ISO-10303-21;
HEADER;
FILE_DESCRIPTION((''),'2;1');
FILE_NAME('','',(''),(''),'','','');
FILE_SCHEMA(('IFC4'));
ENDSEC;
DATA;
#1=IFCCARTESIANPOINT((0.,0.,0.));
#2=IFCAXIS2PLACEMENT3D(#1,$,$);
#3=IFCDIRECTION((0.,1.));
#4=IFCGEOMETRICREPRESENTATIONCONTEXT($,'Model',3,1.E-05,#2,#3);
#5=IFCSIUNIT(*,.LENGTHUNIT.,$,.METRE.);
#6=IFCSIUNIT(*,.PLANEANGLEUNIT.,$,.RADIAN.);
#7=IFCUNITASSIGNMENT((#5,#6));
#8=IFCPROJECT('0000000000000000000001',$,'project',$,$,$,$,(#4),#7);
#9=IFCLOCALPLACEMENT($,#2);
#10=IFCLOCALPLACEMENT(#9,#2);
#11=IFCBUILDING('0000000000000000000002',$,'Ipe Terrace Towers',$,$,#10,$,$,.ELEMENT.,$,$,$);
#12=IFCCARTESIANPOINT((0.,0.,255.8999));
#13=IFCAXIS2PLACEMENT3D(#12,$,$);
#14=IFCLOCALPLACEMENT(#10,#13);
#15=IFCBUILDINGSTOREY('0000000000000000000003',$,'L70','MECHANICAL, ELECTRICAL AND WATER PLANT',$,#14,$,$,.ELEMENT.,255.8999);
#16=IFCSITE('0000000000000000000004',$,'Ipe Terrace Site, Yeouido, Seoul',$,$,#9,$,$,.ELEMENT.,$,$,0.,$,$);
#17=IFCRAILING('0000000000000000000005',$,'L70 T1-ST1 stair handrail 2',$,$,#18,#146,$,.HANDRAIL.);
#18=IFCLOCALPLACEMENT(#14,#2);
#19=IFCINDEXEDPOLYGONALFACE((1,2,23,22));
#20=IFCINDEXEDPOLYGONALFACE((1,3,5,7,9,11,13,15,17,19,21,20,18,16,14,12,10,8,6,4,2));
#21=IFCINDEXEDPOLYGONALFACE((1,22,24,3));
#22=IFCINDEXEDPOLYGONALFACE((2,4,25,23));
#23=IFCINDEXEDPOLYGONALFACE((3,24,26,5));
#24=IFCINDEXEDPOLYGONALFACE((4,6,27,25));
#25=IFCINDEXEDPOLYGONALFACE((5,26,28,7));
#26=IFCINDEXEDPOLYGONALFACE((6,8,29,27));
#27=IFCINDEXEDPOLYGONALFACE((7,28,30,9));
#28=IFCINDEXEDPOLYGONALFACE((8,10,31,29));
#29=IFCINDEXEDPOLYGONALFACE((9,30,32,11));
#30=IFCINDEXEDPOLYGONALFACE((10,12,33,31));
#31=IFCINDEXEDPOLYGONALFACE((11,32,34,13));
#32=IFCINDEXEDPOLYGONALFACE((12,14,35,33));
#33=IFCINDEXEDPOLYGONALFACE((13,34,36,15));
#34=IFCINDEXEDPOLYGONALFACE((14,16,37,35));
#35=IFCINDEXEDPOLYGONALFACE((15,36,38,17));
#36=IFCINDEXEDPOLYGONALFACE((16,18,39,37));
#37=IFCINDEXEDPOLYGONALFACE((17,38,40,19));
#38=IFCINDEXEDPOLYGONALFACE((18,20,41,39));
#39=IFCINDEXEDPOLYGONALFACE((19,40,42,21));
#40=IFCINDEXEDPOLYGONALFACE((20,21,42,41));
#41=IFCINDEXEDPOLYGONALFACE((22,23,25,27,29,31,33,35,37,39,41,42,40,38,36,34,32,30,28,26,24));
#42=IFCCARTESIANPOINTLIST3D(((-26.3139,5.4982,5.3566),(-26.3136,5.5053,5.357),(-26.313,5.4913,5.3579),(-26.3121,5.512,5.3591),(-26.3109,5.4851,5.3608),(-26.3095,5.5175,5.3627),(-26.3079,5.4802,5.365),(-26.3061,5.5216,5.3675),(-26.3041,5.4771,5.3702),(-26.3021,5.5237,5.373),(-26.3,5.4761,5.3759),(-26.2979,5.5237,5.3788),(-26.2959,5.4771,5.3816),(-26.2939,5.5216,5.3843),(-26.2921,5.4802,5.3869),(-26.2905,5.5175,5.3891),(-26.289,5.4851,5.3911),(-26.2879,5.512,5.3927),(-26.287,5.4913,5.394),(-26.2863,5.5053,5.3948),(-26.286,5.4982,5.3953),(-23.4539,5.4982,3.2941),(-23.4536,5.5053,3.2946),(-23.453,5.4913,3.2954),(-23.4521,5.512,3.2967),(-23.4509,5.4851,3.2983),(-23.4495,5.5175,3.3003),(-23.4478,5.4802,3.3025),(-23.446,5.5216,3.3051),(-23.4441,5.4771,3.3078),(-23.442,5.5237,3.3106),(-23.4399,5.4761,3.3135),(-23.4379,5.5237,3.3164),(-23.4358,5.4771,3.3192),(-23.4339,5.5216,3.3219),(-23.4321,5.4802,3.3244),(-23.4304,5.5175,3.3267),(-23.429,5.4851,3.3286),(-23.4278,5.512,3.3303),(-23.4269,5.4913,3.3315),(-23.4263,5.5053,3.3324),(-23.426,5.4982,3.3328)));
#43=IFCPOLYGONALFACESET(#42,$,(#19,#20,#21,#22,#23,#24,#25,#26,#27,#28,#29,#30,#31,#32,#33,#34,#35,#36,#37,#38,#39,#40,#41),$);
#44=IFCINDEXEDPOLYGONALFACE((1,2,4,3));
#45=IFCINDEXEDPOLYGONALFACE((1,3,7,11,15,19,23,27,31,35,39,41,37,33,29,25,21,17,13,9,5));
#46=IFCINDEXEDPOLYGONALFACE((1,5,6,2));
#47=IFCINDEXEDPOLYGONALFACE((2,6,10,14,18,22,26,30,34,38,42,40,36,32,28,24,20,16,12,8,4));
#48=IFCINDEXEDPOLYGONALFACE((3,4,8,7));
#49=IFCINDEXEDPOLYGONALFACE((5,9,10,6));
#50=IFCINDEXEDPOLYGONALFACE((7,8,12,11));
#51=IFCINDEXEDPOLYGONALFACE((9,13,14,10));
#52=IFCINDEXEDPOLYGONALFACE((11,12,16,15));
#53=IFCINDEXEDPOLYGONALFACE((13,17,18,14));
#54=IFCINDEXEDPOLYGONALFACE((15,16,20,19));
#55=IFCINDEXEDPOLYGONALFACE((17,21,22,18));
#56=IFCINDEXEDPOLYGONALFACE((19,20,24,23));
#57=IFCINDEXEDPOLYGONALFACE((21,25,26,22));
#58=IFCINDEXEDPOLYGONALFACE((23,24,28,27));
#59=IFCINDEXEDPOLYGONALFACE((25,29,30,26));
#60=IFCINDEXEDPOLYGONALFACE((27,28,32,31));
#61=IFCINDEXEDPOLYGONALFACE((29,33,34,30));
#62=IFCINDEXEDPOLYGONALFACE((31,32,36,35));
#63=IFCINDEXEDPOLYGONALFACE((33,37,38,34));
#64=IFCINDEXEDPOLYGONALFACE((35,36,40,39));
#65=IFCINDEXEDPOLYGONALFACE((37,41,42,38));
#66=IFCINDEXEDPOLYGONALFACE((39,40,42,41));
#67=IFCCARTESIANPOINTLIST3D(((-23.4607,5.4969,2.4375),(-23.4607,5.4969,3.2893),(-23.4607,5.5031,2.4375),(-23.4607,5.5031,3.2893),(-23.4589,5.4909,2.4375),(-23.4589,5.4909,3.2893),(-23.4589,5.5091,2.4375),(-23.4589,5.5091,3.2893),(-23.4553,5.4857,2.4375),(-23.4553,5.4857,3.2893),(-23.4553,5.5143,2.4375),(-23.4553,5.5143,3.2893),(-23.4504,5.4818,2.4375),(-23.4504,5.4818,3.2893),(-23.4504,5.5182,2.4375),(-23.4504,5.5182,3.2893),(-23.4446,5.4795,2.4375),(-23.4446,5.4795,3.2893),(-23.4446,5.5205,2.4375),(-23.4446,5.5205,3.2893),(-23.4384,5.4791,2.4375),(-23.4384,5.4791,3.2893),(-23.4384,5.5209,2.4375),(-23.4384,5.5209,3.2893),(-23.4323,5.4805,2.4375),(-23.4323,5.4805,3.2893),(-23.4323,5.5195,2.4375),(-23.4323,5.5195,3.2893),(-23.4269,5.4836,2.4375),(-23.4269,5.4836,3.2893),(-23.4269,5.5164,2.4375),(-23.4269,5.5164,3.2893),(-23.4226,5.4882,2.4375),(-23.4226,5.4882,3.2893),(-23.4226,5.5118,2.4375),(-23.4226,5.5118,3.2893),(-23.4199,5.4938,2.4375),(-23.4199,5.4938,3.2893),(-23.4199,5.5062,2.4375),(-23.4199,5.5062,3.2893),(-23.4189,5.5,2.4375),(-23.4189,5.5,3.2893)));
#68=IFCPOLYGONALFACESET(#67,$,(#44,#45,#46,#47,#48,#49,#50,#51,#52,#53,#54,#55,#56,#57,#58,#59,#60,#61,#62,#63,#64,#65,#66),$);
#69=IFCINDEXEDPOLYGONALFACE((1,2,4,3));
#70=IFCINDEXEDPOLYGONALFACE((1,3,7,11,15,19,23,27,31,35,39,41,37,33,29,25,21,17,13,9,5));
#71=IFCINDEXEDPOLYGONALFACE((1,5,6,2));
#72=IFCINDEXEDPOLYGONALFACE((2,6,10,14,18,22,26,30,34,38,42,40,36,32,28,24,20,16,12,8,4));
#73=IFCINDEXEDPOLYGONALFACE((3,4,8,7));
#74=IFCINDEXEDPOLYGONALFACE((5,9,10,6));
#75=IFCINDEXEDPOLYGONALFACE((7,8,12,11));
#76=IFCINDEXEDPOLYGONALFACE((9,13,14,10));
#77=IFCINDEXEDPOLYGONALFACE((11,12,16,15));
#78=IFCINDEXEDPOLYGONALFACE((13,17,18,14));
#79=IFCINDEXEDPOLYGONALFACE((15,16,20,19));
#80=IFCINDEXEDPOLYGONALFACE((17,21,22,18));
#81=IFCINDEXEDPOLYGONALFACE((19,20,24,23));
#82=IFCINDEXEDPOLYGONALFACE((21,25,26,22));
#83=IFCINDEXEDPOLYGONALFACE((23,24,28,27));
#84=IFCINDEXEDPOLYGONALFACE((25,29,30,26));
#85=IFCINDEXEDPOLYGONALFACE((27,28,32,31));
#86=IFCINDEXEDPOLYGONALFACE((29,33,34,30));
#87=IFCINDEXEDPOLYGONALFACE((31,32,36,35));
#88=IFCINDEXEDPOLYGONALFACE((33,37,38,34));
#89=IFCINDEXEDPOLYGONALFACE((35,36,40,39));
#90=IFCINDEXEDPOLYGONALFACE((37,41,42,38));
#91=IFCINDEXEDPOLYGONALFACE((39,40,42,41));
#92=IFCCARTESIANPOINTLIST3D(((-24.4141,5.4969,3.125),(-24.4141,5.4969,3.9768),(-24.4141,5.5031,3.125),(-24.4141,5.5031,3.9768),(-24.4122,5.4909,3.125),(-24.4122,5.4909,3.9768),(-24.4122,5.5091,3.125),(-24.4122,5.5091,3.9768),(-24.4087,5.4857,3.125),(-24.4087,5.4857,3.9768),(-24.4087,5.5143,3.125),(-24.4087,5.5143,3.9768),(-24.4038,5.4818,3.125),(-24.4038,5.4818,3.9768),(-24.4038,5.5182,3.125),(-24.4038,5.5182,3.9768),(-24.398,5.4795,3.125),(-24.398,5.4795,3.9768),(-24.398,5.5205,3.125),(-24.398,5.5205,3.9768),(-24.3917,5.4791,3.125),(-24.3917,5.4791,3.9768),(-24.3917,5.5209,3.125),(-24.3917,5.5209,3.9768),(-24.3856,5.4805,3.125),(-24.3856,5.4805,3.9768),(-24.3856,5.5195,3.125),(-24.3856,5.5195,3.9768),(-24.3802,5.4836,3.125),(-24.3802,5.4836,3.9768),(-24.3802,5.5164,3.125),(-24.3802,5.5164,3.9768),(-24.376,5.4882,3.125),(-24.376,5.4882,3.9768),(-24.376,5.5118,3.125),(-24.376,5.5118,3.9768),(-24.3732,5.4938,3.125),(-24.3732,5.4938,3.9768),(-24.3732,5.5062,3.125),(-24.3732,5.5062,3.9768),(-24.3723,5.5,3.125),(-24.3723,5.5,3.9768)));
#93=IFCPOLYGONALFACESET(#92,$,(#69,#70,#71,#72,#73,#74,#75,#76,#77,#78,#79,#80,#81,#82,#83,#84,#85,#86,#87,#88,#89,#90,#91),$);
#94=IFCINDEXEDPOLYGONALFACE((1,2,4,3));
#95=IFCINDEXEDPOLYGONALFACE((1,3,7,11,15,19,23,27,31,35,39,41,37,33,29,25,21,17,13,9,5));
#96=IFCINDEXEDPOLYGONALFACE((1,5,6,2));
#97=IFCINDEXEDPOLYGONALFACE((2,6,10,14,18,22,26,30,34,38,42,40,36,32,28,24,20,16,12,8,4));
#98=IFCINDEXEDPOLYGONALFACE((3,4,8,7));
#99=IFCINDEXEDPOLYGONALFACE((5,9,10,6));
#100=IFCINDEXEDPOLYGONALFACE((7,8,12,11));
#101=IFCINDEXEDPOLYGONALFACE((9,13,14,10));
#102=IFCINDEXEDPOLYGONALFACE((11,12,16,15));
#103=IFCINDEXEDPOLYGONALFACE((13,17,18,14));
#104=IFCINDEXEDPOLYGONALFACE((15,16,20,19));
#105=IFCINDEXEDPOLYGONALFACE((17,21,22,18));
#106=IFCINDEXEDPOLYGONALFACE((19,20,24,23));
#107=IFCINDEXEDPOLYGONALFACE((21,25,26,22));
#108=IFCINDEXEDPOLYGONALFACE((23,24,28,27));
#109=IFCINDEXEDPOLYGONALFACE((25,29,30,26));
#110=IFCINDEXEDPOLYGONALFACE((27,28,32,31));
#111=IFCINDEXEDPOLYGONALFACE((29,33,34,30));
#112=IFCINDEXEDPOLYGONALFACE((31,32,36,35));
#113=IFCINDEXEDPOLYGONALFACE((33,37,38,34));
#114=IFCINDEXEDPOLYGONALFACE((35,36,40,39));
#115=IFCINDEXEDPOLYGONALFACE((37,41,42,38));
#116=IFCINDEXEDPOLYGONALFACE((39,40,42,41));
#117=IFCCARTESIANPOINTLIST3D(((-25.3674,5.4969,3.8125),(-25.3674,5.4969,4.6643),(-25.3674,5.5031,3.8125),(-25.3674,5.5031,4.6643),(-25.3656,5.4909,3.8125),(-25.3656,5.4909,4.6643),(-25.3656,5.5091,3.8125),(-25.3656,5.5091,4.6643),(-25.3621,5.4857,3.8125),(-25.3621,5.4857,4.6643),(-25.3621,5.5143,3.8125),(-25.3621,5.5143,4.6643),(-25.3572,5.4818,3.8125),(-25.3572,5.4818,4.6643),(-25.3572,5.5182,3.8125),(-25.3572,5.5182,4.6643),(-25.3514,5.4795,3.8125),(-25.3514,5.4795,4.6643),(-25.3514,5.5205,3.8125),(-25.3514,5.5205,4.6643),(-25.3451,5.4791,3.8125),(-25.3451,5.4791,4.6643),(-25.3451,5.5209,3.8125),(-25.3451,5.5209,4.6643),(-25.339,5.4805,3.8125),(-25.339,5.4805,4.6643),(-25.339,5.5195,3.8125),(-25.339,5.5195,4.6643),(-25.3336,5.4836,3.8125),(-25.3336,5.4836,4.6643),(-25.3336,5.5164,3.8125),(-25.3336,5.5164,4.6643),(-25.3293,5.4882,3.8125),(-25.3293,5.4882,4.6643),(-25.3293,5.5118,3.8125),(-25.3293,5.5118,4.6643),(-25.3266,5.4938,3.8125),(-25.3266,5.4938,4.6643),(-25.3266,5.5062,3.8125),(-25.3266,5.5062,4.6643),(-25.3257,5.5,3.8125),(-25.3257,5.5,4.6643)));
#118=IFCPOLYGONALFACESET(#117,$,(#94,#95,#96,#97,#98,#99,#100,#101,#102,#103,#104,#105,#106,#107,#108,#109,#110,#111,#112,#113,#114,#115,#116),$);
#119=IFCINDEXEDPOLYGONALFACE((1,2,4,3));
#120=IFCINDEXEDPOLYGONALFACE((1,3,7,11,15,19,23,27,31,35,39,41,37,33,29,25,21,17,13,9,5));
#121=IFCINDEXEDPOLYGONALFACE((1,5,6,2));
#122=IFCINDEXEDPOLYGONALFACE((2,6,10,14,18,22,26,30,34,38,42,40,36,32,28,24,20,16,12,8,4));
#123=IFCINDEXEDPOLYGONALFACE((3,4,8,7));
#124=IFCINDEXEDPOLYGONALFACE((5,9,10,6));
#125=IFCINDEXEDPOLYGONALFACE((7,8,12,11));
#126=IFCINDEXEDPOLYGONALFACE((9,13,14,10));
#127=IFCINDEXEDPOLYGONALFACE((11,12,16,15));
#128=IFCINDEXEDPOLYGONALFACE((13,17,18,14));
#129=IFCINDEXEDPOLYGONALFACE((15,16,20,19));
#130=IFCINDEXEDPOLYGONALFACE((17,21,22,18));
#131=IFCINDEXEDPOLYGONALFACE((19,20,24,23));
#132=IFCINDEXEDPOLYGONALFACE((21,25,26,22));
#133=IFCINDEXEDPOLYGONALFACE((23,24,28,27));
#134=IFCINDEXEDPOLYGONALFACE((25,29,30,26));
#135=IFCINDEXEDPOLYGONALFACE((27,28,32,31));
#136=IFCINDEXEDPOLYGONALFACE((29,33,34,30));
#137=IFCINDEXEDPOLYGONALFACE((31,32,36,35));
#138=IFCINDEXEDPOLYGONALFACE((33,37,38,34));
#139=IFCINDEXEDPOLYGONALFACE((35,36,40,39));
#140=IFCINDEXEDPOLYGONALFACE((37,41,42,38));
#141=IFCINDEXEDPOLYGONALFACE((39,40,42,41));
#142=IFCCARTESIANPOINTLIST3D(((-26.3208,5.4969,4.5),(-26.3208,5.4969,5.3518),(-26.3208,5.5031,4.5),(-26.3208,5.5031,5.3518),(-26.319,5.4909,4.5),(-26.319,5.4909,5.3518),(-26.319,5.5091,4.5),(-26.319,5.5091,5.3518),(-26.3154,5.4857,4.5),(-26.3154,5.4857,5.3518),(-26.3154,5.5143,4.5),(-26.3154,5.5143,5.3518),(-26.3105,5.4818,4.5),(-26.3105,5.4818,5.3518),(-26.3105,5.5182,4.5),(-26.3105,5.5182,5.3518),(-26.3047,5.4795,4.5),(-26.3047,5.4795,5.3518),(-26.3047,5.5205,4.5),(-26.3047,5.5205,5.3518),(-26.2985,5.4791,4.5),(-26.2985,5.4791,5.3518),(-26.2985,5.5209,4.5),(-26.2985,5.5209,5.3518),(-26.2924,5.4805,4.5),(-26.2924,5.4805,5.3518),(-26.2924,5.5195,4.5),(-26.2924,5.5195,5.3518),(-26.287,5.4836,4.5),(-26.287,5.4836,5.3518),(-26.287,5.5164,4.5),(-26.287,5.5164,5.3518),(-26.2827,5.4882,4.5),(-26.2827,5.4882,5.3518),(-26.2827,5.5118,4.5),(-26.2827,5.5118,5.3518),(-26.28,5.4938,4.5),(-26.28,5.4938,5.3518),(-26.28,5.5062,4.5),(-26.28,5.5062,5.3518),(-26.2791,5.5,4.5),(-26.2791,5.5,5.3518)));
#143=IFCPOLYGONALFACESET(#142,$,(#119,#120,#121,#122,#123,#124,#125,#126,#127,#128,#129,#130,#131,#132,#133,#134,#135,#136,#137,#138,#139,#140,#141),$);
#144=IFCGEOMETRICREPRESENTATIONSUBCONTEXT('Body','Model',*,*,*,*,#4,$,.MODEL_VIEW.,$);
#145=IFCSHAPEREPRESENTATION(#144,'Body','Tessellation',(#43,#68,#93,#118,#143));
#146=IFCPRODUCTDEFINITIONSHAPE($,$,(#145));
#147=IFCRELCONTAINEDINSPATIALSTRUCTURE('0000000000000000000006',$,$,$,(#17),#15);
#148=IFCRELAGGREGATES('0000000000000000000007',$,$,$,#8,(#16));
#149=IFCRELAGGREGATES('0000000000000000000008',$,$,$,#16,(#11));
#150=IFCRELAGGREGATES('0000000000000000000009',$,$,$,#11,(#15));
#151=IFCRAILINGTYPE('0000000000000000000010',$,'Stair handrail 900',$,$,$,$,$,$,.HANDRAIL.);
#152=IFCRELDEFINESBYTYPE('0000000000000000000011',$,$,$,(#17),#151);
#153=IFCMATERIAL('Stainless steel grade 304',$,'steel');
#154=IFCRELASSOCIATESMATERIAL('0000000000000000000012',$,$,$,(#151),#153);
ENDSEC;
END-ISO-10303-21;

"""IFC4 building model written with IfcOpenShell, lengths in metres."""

from ifc_helpers import new_model, si_unit, direction, frame, origin, origin_2d, place, context, subcontext, project, spatial, circle, extrude, material, type_object, element, save


model = new_model("IFC4")

# Units and contexts
model_context = context("Model", 3, precision=1e-05, world=origin(), true_north=direction((0.0, 1.0)))
body_context = subcontext(model_context, "Body", "Model", "MODEL_VIEW")
ifc_project = project(units=[si_unit("LENGTHUNIT", "METRE"), si_unit("PLANEANGLEUNIT", "RADIAN")], contexts=[model_context])

# Site, building, storey
site_placement = place(None, origin())
site = spatial("IfcSite", under=ifc_project, at=site_placement, Name="Ipe Terrace Site, Yeouido, Seoul", CompositionType="ELEMENT", RefElevation=0.0)
building_placement = place(site_placement, origin())
building = spatial("IfcBuilding", under=site, at=building_placement, Name="Ipe Terrace Towers", CompositionType="ELEMENT")
storey_placement = place(building_placement, frame((0.0, 0.0, 255.8999)))
storey = spatial("IfcBuildingStorey", under=building, at=storey_placement, Name="L70", Description="MECHANICAL, ELECTRICAL AND WATER PLANT", CompositionType="ELEMENT", Elevation=255.8999)

# Railing
ifc_material_1 = material(Name="Stainless steel grade 304", Category="steel")
railing_type_1 = type_object("IfcRailingType", Name="Stair handrail 900", PredefinedType="HANDRAIL", material=ifc_material_1)
railing_1_placement = place(storey_placement, frame((-23.4399, 5.5, 2.4375)))
element("IfcRailing", 1, at=railing_1_placement, inside=storey, type_object=railing_type_1, Name="L70 T1-ST1 stair handrail 2", PredefinedType="HANDRAIL", context=body_context, shape_type="SweptSolid", body=[
    extrude(circle(Radius=0.0239, at=origin_2d()), frame((0.0, 0.0, 0.876), z_axis=(-0.811101, 0.0, 0.584906), x_axis=(0.0, -1.0, 0.0)), (0.0, 0.0, 1.0), 3.5261),
    extrude(circle(Radius=0.021, at=origin_2d()), origin(), (0.0, 0.0, 1.0), 0.8518),
    extrude(circle(Radius=0.021, at=origin_2d()), frame((-0.9534, 0.0, 0.6875)), (0.0, 0.0, 1.0), 0.8518),
    extrude(circle(Radius=0.021, at=origin_2d()), frame((-1.9067, 0.0, 1.375)), (0.0, 0.0, 1.0), 0.8518),
    extrude(circle(Radius=0.021, at=origin_2d()), frame((-2.8601, 0.0, 2.0625)), (0.0, 0.0, 1.0), 0.8518),
])

save(model, "model.ifc")
